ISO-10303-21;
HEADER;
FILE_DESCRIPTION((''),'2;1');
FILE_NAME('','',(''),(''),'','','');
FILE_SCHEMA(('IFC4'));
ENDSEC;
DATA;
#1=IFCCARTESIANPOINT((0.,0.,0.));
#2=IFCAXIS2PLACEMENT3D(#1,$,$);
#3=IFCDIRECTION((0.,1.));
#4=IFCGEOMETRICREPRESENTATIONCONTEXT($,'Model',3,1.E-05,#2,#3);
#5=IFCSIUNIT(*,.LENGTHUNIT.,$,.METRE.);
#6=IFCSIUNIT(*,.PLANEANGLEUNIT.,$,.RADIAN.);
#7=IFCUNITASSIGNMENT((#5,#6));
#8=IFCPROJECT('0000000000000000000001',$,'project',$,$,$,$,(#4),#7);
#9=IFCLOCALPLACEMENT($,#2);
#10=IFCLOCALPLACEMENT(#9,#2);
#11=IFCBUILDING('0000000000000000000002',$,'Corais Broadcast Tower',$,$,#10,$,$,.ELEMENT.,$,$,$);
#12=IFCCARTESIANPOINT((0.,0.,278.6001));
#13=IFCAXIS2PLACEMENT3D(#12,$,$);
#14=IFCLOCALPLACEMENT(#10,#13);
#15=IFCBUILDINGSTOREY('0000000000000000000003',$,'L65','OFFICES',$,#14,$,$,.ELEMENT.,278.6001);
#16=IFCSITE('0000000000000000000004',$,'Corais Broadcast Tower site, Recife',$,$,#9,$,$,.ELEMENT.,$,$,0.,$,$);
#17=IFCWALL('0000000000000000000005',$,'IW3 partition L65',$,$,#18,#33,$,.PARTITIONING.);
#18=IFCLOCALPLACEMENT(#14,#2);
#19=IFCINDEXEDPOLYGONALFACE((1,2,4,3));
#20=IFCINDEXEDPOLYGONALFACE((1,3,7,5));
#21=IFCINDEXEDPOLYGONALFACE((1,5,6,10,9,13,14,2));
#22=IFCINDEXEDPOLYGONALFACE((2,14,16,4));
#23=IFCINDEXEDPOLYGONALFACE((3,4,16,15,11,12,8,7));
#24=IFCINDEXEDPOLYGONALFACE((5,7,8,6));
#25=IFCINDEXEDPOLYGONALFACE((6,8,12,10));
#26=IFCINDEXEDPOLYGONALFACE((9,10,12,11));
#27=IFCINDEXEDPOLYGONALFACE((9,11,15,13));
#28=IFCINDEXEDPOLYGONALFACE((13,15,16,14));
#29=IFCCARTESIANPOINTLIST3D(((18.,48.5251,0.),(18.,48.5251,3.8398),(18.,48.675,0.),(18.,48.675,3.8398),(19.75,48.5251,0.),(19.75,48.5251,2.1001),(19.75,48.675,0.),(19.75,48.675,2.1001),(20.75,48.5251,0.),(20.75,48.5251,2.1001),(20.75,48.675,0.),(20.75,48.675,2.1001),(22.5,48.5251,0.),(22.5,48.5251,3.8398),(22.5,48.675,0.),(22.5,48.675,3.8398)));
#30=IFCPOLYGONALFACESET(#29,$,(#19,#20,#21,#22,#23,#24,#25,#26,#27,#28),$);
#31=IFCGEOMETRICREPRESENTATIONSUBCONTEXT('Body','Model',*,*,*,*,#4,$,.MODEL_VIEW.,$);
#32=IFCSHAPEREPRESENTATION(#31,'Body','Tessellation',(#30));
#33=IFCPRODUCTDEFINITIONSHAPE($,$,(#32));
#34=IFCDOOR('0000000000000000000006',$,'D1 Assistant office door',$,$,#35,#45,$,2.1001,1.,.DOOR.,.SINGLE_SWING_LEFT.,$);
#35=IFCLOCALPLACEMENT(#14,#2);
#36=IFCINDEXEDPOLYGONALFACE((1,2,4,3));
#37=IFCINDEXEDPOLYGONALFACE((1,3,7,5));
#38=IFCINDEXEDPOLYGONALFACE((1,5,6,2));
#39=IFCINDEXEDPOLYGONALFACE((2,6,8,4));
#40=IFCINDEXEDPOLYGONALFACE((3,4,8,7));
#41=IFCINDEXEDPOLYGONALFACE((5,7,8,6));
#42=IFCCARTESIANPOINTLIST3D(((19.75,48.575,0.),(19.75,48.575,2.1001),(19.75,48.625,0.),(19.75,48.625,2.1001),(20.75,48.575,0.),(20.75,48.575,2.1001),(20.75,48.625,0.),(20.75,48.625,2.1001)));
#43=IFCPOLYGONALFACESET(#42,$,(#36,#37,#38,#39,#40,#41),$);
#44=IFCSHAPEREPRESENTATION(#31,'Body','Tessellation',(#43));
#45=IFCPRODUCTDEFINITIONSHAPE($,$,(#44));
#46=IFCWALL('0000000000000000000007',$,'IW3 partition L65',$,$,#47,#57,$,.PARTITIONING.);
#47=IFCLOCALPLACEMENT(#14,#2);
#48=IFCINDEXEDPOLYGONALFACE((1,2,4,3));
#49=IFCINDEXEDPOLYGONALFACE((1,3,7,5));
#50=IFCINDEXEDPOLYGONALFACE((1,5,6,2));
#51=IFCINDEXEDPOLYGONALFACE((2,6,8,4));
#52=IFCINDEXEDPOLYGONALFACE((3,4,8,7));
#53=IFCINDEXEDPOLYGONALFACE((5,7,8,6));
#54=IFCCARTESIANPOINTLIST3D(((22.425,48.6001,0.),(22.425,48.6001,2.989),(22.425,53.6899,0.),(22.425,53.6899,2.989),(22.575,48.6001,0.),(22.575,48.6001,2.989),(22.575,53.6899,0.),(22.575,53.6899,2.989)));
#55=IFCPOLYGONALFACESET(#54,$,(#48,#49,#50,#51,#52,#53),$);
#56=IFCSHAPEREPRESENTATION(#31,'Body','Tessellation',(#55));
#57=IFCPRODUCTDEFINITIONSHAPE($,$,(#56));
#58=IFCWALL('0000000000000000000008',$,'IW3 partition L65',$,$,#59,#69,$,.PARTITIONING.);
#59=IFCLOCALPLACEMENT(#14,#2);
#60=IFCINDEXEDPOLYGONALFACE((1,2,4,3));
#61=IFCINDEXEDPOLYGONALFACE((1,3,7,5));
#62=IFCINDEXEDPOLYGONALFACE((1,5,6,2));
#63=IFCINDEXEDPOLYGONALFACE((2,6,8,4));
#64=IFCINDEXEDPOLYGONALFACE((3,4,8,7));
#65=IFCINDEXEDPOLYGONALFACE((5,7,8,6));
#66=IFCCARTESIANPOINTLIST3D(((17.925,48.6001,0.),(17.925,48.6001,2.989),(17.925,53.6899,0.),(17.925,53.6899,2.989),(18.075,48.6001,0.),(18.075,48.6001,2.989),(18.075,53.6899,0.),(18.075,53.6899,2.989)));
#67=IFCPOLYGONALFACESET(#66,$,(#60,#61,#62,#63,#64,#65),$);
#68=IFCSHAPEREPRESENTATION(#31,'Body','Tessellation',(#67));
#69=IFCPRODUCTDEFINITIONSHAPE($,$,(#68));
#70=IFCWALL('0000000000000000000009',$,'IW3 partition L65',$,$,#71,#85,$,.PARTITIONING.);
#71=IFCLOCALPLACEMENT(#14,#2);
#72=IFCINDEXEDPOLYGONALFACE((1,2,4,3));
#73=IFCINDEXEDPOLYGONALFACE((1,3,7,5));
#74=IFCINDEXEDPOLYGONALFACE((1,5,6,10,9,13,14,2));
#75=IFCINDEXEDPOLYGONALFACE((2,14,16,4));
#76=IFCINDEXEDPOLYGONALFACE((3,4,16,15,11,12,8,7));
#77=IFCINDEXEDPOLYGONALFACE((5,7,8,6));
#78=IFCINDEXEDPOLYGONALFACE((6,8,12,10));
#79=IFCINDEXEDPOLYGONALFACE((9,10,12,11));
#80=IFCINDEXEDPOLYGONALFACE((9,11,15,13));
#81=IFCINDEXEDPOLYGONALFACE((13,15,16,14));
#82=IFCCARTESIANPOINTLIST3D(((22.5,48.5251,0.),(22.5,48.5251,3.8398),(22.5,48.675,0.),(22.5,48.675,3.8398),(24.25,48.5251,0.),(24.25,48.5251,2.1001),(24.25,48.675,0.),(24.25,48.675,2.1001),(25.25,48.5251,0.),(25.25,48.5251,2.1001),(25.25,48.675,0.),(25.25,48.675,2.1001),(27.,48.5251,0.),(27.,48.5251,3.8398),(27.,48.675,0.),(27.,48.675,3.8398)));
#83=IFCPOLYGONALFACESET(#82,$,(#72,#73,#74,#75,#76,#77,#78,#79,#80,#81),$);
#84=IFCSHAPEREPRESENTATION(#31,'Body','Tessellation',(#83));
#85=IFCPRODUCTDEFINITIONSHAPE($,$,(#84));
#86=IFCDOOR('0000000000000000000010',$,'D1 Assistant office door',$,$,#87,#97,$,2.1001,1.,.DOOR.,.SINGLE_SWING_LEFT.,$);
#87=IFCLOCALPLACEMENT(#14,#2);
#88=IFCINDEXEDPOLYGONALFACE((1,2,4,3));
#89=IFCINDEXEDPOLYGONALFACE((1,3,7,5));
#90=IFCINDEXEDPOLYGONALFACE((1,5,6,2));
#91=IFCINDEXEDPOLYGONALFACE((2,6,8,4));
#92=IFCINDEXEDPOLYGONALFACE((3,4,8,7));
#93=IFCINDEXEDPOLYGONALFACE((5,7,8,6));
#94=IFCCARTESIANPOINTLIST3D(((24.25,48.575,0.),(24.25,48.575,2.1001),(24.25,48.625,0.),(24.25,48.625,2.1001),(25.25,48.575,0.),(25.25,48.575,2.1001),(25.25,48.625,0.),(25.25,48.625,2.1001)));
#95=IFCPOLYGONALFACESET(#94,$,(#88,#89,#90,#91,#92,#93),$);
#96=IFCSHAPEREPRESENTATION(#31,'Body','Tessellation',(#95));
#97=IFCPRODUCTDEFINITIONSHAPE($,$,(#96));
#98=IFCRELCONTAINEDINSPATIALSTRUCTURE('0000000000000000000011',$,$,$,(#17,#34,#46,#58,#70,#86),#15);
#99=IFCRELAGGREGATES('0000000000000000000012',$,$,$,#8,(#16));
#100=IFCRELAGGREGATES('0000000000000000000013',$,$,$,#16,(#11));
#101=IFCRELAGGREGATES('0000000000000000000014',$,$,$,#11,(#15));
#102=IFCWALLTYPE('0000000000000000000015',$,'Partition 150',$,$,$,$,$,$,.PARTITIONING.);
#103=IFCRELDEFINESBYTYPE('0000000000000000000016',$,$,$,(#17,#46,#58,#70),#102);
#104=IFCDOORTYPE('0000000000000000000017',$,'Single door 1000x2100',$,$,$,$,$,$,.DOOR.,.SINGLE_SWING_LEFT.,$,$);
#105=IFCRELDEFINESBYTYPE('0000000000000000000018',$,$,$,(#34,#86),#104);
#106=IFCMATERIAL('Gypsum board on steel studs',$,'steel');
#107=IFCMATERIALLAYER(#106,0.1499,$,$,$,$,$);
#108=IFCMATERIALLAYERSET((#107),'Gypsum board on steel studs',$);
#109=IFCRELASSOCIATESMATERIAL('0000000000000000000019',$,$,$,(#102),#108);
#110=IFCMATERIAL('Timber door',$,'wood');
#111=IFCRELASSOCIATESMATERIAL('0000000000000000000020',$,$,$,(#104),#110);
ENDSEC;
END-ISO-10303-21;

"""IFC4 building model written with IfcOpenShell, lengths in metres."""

from ifc_helpers import new_model, si_unit, direction, frame, frame_2d, origin, place, context, subcontext, project, spatial, rectangle, extrude, material, layer, layer_set, type_object, element, fill, save


model = new_model("IFC4")

# Units and contexts
model_context = context("Model", 3, precision=1e-05, world=origin(), true_north=direction((0.0, 1.0)))
body_context = subcontext(model_context, "Body", "Model", "MODEL_VIEW")
ifc_project = project(units=[si_unit("LENGTHUNIT", "METRE"), si_unit("PLANEANGLEUNIT", "RADIAN")], contexts=[model_context])

# Site, building, storey
site_placement = place(None, origin())
site = spatial("IfcSite", under=ifc_project, at=site_placement, Name="Corais Broadcast Tower site, Recife", CompositionType="ELEMENT", RefElevation=0.0)
building_placement = place(site_placement, origin())
building = spatial("IfcBuilding", under=site, at=building_placement, Name="Corais Broadcast Tower", CompositionType="ELEMENT")
storey_placement = place(building_placement, frame((0.0, 0.0, 278.6001)))
storey = spatial("IfcBuildingStorey", under=building, at=storey_placement, Name="L65", Description="OFFICES", CompositionType="ELEMENT", Elevation=278.6001)

# Shared definitions
ifc_material_1 = material(Name="Gypsum board on steel studs", Category="steel")
ifc_layer_1 = layer(ifc_material_1, 0.1499)
ifc_layer_set_1 = layer_set([ifc_layer_1], Name="Gypsum board on steel studs")
wall_type = type_object("IfcWallType", Name="Partition 150", PredefinedType="PARTITIONING", material=ifc_layer_set_1)

# Wall, opening, door
ifc_material_2 = material(Name="Timber door", Category="wood")
door_type = type_object("IfcDoorType", Name="Single door 1000x2100", OperationType="SINGLE_SWING_LEFT", PredefinedType="DOOR", material=ifc_material_2)
wall_1_placement = place(storey_placement, frame((18.0, 48.6001, 0.0), z_axis=(0.0, 0.0, 1.0), x_axis=(1.0, 0.0, 0.0)))
wall_1 = element("IfcWall", 1, at=wall_1_placement, inside=storey, type_object=wall_type, Name="IW3 partition L65", PredefinedType="PARTITIONING", context=body_context, shape_type="SweptSolid", body=[
    extrude(rectangle(XDim=4.5, YDim=0.1499, at=frame_2d((2.25, 0.0))), origin(), (0.0, 0.0, 1.0), 3.8398),
])
opening_1_placement = place(wall_1_placement, frame((1.75, 0.0, 0.0)))
opening_1 = element("IfcOpeningElement", 2, at=opening_1_placement, cuts=wall_1, PredefinedType="OPENING", context=body_context, shape_type="SweptSolid", body=[
    extrude(rectangle(XDim=1.0, YDim=2.1001, at=frame_2d((0.5, 1.05))), frame((0.0, 0.085, 0.0), z_axis=(0.0, -1.0, 0.0), x_axis=(1.0, 0.0, 0.0)), (0.0, 0.0, 1.0), 0.1699),
])
door_1_placement = place(opening_1_placement, origin())
door_1 = element("IfcDoor", 3, at=door_1_placement, inside=storey, type_object=door_type, Name="D1 Assistant office door", OperationType="SINGLE_SWING_LEFT", OverallHeight=2.1001, OverallWidth=1.0, PredefinedType="DOOR", context=body_context, shape_type="SweptSolid", body=[
    extrude(rectangle(XDim=1.0, YDim=2.1001, at=frame_2d((0.5, 1.05))), frame((0.0, 0.0249, 0.0), z_axis=(0.0, -1.0, 0.0), x_axis=(1.0, 0.0, 0.0)), (0.0, 0.0, 1.0), 0.05),
])
fill(opening_1, door_1)

# Walls
for number, where, z_axis, x_axis, name in (
    (4, (22.5, 48.6001, 0.0), (0.0, 0.0, 1.0), (0.0, 1.0, 0.0), "IW3 partition L65"),
    (5, (18.0, 53.6899, 0.0), (0.0, 0.0, 1.0), (0.0, -1.0, 0.0), "IW3 partition L65"),
):
    element("IfcWall", number, at=place(storey_placement, frame(where, z_axis=z_axis, x_axis=x_axis)), inside=storey, type_object=wall_type, Name=name, PredefinedType="PARTITIONING", context=body_context, shape_type="SweptSolid", body=[
        extrude(rectangle(XDim=5.0898, YDim=0.1499, at=frame_2d((2.5449, 0.0))), origin(), (0.0, 0.0, 1.0), 2.989),
    ])

# Wall, opening, door
wall_2_placement = place(storey_placement, frame((22.5, 48.6001, 0.0), z_axis=(0.0, 0.0, 1.0), x_axis=(1.0, 0.0, 0.0)))
wall_2 = element("IfcWall", 6, at=wall_2_placement, inside=storey, type_object=wall_type, Name="IW3 partition L65", PredefinedType="PARTITIONING", context=body_context, shape_type="SweptSolid", body=[
    extrude(rectangle(XDim=4.5, YDim=0.1499, at=frame_2d((2.25, 0.0))), origin(), (0.0, 0.0, 1.0), 3.8398),
])
opening_2_placement = place(wall_2_placement, frame((1.75, 0.0, 0.0)))
opening_2 = element("IfcOpeningElement", 7, at=opening_2_placement, cuts=wall_2, PredefinedType="OPENING", context=body_context, shape_type="SweptSolid", body=[
    extrude(rectangle(XDim=1.0, YDim=2.1001, at=frame_2d((0.5, 1.05))), frame((0.0, 0.085, 0.0), z_axis=(0.0, -1.0, 0.0), x_axis=(1.0, 0.0, 0.0)), (0.0, 0.0, 1.0), 0.1699),
])
door_2_placement = place(opening_2_placement, origin())
door_2 = element("IfcDoor", 8, at=door_2_placement, inside=storey, type_object=door_type, Name="D1 Assistant office door", OperationType="SINGLE_SWING_LEFT", OverallHeight=2.1001, OverallWidth=1.0, PredefinedType="DOOR", context=body_context, shape_type="SweptSolid", body=[
    extrude(rectangle(XDim=1.0, YDim=2.1001, at=frame_2d((0.5, 1.05))), frame((0.0, 0.0249, 0.0), z_axis=(0.0, -1.0, 0.0), x_axis=(1.0, 0.0, 0.0)), (0.0, 0.0, 1.0), 0.05),
])
fill(opening_2, door_2)

save(model, "model.ifc")
